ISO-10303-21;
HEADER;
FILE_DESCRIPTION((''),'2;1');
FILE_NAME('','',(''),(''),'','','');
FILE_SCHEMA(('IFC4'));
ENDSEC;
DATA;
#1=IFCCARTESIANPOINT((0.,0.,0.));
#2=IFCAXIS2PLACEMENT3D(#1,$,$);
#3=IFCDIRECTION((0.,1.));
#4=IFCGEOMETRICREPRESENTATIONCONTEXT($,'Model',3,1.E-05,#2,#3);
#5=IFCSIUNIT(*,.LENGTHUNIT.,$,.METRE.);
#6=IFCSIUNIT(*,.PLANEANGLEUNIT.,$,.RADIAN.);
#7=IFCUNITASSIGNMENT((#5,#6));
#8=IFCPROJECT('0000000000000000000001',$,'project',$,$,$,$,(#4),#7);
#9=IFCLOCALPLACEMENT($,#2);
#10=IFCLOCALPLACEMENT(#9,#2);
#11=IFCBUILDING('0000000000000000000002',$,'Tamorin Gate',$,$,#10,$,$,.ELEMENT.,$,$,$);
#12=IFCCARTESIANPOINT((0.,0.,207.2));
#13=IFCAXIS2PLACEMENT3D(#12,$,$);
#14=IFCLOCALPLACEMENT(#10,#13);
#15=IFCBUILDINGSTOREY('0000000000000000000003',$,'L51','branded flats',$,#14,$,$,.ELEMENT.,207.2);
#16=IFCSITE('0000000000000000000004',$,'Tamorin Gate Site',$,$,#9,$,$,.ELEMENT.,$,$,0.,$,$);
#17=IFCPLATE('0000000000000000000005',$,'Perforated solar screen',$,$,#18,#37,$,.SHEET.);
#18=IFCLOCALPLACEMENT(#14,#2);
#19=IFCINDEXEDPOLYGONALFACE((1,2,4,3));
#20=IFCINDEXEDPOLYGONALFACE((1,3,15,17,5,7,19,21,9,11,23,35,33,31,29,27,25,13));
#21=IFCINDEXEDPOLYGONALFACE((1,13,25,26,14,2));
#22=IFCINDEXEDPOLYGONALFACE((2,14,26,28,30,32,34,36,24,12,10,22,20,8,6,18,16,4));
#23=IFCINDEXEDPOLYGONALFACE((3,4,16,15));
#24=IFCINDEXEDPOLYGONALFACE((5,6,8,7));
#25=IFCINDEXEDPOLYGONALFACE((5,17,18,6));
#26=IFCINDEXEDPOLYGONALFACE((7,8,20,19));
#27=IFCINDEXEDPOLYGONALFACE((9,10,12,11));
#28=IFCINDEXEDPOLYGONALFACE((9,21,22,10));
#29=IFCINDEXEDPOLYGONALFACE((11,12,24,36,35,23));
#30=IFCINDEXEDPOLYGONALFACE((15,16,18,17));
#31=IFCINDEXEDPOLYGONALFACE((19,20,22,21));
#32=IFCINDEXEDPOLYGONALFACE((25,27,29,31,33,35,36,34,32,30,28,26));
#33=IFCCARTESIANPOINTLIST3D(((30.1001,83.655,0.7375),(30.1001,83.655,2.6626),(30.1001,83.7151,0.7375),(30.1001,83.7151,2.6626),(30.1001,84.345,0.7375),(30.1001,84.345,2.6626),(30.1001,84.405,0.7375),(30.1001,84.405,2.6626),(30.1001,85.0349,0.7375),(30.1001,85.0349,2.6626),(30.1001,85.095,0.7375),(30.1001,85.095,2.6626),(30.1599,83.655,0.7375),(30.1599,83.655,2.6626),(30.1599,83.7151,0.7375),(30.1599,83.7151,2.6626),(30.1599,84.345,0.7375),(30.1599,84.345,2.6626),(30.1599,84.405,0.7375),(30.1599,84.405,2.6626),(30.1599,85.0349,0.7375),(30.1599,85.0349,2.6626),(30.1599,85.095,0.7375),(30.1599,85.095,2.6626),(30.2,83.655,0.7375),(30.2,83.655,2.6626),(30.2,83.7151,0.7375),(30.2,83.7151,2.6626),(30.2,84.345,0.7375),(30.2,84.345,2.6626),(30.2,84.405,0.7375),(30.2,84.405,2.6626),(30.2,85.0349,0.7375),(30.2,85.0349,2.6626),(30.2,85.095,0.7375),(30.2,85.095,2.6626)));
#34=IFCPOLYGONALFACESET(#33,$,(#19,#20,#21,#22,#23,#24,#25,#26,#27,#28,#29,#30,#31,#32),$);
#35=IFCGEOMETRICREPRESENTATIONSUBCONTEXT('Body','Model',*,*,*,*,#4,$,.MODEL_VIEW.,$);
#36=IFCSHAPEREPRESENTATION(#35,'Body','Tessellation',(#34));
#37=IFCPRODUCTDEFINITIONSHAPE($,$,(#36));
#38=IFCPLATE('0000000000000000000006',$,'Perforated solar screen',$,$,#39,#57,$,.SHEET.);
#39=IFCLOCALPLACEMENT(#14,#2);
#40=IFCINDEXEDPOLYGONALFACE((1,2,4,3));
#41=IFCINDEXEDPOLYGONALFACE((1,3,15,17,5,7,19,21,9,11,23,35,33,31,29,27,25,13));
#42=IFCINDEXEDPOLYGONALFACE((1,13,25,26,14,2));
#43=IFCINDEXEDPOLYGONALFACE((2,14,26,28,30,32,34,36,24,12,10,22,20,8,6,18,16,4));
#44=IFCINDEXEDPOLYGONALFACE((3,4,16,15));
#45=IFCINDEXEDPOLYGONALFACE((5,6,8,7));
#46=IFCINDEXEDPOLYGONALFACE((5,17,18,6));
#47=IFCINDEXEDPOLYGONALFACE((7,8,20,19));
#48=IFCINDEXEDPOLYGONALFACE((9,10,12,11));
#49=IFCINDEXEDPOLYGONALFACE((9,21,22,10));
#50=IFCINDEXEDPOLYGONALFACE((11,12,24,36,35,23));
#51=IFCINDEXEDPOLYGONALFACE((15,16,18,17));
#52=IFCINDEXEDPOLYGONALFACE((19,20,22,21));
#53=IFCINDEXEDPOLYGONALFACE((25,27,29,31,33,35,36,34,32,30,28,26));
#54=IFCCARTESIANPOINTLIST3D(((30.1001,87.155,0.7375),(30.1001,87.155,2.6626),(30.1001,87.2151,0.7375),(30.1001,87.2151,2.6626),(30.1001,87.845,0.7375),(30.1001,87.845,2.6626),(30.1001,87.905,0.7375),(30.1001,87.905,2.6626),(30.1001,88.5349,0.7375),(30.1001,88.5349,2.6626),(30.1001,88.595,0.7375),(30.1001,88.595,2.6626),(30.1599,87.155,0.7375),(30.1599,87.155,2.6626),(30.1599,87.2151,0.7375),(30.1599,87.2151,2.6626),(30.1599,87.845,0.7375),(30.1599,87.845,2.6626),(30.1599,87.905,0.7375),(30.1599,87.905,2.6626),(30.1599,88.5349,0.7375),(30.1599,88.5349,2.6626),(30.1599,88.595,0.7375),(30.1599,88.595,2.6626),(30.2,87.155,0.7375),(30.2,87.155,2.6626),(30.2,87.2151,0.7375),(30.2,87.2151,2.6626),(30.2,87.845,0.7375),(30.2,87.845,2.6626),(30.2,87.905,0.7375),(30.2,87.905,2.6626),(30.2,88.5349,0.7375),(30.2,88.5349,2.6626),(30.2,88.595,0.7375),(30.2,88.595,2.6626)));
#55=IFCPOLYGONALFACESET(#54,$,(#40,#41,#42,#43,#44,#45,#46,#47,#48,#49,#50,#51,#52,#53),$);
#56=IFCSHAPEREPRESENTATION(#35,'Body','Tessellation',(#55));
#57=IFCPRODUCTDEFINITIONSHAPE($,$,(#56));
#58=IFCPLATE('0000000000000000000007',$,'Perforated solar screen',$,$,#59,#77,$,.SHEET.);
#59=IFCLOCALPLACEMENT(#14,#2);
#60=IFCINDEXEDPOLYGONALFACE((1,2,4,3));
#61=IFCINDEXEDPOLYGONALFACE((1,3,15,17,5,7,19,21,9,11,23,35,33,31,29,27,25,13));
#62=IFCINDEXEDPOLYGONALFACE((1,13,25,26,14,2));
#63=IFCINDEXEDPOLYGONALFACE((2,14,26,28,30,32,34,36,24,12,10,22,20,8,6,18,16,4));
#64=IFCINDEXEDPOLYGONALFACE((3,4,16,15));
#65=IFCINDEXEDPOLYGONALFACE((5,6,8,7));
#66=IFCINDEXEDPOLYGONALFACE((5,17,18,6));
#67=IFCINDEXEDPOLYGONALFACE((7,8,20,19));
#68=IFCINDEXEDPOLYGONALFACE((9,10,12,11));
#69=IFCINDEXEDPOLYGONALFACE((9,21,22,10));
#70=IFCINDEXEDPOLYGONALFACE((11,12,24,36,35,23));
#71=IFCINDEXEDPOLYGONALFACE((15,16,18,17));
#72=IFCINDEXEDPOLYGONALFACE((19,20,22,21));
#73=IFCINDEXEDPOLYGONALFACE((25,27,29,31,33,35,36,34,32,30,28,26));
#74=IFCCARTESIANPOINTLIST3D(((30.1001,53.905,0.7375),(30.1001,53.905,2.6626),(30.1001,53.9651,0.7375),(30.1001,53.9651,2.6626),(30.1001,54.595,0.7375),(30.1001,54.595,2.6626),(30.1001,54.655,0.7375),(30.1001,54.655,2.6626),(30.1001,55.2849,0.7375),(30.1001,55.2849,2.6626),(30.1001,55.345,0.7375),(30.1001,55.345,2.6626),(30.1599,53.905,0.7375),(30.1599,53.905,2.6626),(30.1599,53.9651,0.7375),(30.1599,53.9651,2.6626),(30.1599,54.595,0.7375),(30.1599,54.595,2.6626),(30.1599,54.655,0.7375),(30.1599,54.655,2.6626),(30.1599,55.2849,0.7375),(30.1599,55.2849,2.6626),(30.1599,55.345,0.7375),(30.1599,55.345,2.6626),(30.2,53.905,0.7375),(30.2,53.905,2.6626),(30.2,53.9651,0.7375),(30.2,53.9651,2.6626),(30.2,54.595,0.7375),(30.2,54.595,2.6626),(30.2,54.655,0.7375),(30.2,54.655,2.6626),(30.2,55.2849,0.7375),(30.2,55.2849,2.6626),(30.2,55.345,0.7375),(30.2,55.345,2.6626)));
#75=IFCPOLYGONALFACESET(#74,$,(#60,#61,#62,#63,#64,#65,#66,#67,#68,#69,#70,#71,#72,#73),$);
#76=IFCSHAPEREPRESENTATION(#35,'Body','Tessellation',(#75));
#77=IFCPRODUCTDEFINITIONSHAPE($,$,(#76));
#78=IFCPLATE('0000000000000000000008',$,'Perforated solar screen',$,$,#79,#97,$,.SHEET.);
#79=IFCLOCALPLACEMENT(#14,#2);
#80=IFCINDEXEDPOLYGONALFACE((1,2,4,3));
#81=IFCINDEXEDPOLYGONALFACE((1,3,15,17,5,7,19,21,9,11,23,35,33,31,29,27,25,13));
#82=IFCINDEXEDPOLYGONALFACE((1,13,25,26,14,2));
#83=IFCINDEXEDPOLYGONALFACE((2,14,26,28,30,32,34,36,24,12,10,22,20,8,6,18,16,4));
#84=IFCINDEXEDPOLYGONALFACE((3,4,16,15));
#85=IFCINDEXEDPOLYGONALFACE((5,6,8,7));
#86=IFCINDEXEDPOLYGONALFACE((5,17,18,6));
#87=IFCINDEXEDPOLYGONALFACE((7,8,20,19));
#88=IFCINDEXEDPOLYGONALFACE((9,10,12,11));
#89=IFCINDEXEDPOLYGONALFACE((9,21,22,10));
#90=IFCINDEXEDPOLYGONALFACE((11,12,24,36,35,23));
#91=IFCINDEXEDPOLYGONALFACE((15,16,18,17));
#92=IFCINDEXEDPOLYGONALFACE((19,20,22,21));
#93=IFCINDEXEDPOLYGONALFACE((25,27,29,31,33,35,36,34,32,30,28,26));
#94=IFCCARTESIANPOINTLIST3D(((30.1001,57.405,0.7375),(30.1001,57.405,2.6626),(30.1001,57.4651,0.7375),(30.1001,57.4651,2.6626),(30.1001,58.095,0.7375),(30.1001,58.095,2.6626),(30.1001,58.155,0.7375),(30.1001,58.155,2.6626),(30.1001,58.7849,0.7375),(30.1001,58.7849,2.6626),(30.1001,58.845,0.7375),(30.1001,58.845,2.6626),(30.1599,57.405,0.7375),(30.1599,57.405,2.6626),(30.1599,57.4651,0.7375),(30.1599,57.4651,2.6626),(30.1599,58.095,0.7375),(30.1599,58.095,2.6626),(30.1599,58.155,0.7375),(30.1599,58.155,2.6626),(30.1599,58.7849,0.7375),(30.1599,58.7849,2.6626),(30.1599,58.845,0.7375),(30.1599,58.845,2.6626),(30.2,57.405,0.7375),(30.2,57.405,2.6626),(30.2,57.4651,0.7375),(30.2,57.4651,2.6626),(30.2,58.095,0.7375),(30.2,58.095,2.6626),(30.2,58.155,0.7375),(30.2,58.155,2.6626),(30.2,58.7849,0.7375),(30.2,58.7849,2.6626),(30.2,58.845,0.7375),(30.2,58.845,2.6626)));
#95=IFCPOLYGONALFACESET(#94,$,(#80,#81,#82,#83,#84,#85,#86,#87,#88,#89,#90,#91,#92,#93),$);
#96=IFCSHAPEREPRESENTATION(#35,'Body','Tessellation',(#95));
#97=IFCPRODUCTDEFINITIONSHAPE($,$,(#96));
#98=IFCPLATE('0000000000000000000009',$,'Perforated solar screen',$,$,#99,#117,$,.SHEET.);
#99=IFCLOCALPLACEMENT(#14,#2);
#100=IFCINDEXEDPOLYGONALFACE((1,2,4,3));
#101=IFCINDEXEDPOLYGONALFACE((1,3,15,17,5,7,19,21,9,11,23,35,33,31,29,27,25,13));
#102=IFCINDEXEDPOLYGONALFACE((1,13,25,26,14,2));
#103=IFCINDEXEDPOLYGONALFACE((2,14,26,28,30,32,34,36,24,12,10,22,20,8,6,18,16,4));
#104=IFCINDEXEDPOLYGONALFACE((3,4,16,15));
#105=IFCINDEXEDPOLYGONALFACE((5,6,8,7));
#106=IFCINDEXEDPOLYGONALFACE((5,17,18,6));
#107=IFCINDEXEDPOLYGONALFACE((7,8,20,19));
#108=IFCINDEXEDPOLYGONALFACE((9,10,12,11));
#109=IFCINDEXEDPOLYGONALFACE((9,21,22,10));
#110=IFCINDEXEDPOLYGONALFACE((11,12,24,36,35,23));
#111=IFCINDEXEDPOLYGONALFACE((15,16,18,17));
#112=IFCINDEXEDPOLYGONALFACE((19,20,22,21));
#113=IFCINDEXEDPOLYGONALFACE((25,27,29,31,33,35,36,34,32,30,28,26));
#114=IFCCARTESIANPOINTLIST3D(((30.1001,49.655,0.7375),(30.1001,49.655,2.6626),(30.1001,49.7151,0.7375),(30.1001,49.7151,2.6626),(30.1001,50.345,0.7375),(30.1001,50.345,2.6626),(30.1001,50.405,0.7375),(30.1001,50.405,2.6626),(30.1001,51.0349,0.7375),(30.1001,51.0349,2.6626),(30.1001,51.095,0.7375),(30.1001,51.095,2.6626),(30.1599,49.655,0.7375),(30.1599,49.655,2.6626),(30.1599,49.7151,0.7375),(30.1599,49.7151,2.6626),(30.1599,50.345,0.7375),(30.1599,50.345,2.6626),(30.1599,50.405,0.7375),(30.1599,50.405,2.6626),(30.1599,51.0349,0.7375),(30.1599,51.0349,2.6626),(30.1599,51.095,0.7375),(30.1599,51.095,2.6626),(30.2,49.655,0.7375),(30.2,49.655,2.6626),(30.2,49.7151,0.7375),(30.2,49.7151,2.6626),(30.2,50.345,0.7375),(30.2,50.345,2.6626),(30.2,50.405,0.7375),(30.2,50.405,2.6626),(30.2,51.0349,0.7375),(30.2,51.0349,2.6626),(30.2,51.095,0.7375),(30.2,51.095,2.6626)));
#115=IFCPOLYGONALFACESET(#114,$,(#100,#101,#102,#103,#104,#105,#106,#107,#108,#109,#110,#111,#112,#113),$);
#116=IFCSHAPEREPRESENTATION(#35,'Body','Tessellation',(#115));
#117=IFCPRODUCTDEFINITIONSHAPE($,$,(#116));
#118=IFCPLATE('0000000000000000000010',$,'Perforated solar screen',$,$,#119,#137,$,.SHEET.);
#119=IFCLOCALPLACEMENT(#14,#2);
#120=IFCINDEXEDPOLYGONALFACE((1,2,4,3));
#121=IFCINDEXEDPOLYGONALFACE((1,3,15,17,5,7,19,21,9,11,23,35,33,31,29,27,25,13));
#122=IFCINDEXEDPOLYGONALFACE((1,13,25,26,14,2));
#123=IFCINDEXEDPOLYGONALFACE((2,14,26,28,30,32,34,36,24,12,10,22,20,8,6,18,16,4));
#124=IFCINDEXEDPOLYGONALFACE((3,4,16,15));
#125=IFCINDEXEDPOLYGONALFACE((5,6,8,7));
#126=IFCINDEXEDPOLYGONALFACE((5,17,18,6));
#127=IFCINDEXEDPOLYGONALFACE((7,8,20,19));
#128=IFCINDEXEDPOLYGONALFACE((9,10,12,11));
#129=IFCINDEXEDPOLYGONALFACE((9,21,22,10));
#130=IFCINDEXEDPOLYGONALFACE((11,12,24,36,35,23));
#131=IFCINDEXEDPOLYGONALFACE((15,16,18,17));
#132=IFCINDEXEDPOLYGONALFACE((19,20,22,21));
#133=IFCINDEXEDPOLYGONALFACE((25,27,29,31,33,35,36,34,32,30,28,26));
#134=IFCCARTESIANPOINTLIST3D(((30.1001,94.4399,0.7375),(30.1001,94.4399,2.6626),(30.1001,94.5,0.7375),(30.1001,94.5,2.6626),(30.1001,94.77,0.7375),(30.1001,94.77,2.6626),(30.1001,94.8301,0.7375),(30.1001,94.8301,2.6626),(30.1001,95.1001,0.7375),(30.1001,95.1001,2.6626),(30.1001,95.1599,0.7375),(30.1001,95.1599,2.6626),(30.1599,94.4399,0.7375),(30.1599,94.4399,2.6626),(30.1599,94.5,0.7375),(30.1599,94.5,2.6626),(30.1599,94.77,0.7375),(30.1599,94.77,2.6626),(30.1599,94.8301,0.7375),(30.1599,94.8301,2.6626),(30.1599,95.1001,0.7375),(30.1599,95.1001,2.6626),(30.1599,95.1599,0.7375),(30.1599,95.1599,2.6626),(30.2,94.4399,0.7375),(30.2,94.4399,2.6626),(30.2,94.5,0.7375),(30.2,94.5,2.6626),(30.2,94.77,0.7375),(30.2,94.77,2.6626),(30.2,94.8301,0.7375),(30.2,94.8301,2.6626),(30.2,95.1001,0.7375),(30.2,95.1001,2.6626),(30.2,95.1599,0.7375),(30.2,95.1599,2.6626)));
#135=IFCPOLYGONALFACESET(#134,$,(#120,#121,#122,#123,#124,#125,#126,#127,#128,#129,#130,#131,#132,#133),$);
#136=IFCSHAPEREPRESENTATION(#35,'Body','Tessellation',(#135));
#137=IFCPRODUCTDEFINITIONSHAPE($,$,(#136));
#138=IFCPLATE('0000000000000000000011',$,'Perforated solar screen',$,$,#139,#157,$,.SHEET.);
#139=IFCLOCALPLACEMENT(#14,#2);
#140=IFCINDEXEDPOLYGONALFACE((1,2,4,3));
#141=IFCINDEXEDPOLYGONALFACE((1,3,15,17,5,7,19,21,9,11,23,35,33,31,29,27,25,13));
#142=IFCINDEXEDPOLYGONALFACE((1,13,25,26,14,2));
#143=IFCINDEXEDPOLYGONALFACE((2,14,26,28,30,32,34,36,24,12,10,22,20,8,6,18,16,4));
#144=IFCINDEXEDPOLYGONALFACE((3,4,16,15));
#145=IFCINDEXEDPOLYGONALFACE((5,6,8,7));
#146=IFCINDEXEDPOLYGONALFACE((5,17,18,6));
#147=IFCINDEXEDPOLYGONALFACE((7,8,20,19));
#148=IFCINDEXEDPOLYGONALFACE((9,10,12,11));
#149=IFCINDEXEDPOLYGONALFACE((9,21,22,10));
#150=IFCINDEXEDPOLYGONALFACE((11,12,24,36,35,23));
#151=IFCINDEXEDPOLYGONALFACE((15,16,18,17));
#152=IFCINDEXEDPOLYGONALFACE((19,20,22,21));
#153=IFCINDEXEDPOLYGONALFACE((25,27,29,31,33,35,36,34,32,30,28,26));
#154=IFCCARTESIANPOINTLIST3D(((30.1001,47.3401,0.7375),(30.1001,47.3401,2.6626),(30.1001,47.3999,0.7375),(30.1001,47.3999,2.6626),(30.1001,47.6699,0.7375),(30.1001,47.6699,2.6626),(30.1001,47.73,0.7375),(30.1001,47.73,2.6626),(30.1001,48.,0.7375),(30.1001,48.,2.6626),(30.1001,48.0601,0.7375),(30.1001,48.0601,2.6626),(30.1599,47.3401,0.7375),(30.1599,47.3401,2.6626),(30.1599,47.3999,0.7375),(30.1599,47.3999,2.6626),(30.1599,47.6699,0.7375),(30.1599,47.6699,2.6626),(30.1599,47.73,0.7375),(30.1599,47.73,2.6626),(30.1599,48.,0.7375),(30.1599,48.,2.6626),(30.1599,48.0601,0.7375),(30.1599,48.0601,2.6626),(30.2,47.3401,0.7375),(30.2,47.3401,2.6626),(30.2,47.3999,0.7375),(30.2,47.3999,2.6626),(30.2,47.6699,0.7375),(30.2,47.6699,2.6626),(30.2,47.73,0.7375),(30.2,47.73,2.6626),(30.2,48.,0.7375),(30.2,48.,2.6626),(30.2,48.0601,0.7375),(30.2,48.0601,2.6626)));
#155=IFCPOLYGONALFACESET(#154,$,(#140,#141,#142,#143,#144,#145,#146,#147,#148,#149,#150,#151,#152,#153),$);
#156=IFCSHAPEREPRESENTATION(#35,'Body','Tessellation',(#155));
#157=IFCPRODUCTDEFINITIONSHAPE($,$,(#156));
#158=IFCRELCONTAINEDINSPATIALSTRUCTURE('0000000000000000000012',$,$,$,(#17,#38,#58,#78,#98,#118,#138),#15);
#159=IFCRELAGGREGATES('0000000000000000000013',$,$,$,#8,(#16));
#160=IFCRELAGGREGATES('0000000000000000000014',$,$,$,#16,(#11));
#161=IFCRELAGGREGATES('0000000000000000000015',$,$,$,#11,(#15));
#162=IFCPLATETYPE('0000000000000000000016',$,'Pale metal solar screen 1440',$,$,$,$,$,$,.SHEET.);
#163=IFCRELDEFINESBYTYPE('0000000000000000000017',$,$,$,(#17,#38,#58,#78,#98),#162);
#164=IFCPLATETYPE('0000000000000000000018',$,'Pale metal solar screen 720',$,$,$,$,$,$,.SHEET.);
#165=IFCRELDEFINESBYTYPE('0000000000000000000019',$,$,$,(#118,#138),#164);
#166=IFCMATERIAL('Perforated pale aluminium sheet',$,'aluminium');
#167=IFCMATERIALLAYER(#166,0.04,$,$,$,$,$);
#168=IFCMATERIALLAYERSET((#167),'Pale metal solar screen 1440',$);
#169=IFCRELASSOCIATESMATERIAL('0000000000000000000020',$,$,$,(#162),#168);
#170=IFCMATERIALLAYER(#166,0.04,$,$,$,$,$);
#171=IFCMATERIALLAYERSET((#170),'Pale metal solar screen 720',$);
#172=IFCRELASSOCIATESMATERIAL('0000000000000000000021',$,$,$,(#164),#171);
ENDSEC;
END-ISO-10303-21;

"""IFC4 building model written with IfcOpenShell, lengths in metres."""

from ifc_helpers import new_model, si_unit, direction, frame, origin, place, context, subcontext, project, spatial, polyline, outline, extrude, material, layer, layer_set, type_object, element, save


model = new_model("IFC4")

# Units and contexts
model_context = context("Model", 3, precision=1e-05, world=origin(), true_north=direction((0.0, 1.0)))
body_context = subcontext(model_context, "Body", "Model", "MODEL_VIEW")
ifc_project = project(units=[si_unit("LENGTHUNIT", "METRE"), si_unit("PLANEANGLEUNIT", "RADIAN")], contexts=[model_context])

# Site, building, storey
site_placement = place(None, origin())
site = spatial("IfcSite", under=ifc_project, at=site_placement, Name="Tamorin Gate Site", CompositionType="ELEMENT", RefElevation=0.0)
building_placement = place(site_placement, origin())
building = spatial("IfcBuilding", under=site, at=building_placement, Name="Tamorin Gate", CompositionType="ELEMENT")
storey_placement = place(building_placement, frame((0.0, 0.0, 207.2)))
storey = spatial("IfcBuildingStorey", under=building, at=storey_placement, Name="L51", Description="branded flats", CompositionType="ELEMENT", Elevation=207.2)

# Plates
ifc_material_1 = material(Name="Perforated pale aluminium sheet", Category="aluminium")
ifc_layer_1 = layer(ifc_material_1, 0.04)
ifc_layer_set_1 = layer_set([ifc_layer_1], Name="Pale metal solar screen 1440")
plate_type_1 = type_object("IfcPlateType", Name="Pale metal solar screen 1440", PredefinedType="SHEET", material=ifc_layer_set_1)
plate_1_placement = place(storey_placement, frame((0.0, 0.0, 0.7375)))
element("IfcPlate", 1, at=plate_1_placement, inside=storey, type_object=plate_type_1, Name="Perforated solar screen", PredefinedType="SHEET", context=body_context, shape_type="SweptSolid", body=[
    extrude(outline(polyline([(30.1599, 85.095), (30.2, 85.095), (30.2, 85.0349), (30.2, 84.405), (30.2, 84.345), (30.2, 83.7151), (30.2, 83.655), (30.1599, 83.655), (30.1001, 83.655), (30.1001, 83.7151), (30.1599, 83.7151), (30.1599, 84.345), (30.1001, 84.345), (30.1001, 84.405), (30.1599, 84.405), (30.1599, 85.0349), (30.1001, 85.0349), (30.1001, 85.095), (30.1599, 85.095)])), origin(), (0.0, 0.0, 1.0), 1.925),
])
plate_2_placement = place(storey_placement, frame((0.0, 0.0, 0.7375)))
element("IfcPlate", 2, at=plate_2_placement, inside=storey, type_object=plate_type_1, Name="Perforated solar screen", PredefinedType="SHEET", context=body_context, shape_type="SweptSolid", body=[
    extrude(outline(polyline([(30.1599, 88.595), (30.2, 88.595), (30.2, 88.5349), (30.2, 87.905), (30.2, 87.845), (30.2, 87.2151), (30.2, 87.155), (30.1599, 87.155), (30.1001, 87.155), (30.1001, 87.2151), (30.1599, 87.2151), (30.1599, 87.845), (30.1001, 87.845), (30.1001, 87.905), (30.1599, 87.905), (30.1599, 88.5349), (30.1001, 88.5349), (30.1001, 88.595), (30.1599, 88.595)])), origin(), (0.0, 0.0, 1.0), 1.925),
])
plate_3_placement = place(storey_placement, frame((0.0, 0.0, 0.7375)))
element("IfcPlate", 3, at=plate_3_placement, inside=storey, type_object=plate_type_1, Name="Perforated solar screen", PredefinedType="SHEET", context=body_context, shape_type="SweptSolid", body=[
    extrude(outline(polyline([(30.1599, 55.345), (30.2, 55.345), (30.2, 55.2849), (30.2, 54.655), (30.2, 54.595), (30.2, 53.9651), (30.2, 53.905), (30.1599, 53.905), (30.1001, 53.905), (30.1001, 53.9651), (30.1599, 53.9651), (30.1599, 54.595), (30.1001, 54.595), (30.1001, 54.655), (30.1599, 54.655), (30.1599, 55.2849), (30.1001, 55.2849), (30.1001, 55.345), (30.1599, 55.345)])), origin(), (0.0, 0.0, 1.0), 1.925),
])
plate_4_placement = place(storey_placement, frame((0.0, 0.0, 0.7375)))
element("IfcPlate", 4, at=plate_4_placement, inside=storey, type_object=plate_type_1, Name="Perforated solar screen", PredefinedType="SHEET", context=body_context, shape_type="SweptSolid", body=[
    extrude(outline(polyline([(30.1599, 58.845), (30.2, 58.845), (30.2, 58.7849), (30.2, 58.155), (30.2, 58.095), (30.2, 57.4651), (30.2, 57.405), (30.1599, 57.405), (30.1001, 57.405), (30.1001, 57.4651), (30.1599, 57.4651), (30.1599, 58.095), (30.1001, 58.095), (30.1001, 58.155), (30.1599, 58.155), (30.1599, 58.7849), (30.1001, 58.7849), (30.1001, 58.845), (30.1599, 58.845)])), origin(), (0.0, 0.0, 1.0), 1.925),
])
plate_5_placement = place(storey_placement, frame((0.0, 0.0, 0.7375)))
element("IfcPlate", 5, at=plate_5_placement, inside=storey, type_object=plate_type_1, Name="Perforated solar screen", PredefinedType="SHEET", context=body_context, shape_type="SweptSolid", body=[
    extrude(outline(polyline([(30.1599, 51.095), (30.2, 51.095), (30.2, 51.0349), (30.2, 50.405), (30.2, 50.345), (30.2, 49.7151), (30.2, 49.655), (30.1599, 49.655), (30.1001, 49.655), (30.1001, 49.7151), (30.1599, 49.7151), (30.1599, 50.345), (30.1001, 50.345), (30.1001, 50.405), (30.1599, 50.405), (30.1599, 51.0349), (30.1001, 51.0349), (30.1001, 51.095), (30.1599, 51.095)])), origin(), (0.0, 0.0, 1.0), 1.925),
])
ifc_layer_2 = layer(ifc_material_1, 0.04)
ifc_layer_set_2 = layer_set([ifc_layer_2], Name="Pale metal solar screen 720")
plate_type_2 = type_object("IfcPlateType", Name="Pale metal solar screen 720", PredefinedType="SHEET", material=ifc_layer_set_2)
plate_6_placement = place(storey_placement, frame((0.0, 0.0, 0.7375)))
element("IfcPlate", 6, at=plate_6_placement, inside=storey, type_object=plate_type_2, Name="Perforated solar screen", PredefinedType="SHEET", context=body_context, shape_type="SweptSolid", body=[
    extrude(outline(polyline([(30.1599, 95.1599), (30.2, 95.1599), (30.2, 95.1001), (30.2, 94.8301), (30.2, 94.77), (30.2, 94.5), (30.2, 94.4399), (30.1599, 94.4399), (30.1001, 94.4399), (30.1001, 94.5), (30.1599, 94.5), (30.1599, 94.77), (30.1001, 94.77), (30.1001, 94.8301), (30.1599, 94.8301), (30.1599, 95.1001), (30.1001, 95.1001), (30.1001, 95.1599), (30.1599, 95.1599)])), origin(), (0.0, 0.0, 1.0), 1.925),
])
plate_7_placement = place(storey_placement, frame((0.0, 0.0, 0.7375)))
element("IfcPlate", 7, at=plate_7_placement, inside=storey, type_object=plate_type_2, Name="Perforated solar screen", PredefinedType="SHEET", context=body_context, shape_type="SweptSolid", body=[
    extrude(outline(polyline([(30.1599, 48.0601), (30.2, 48.0601), (30.2, 48.0), (30.2, 47.73), (30.2, 47.6699), (30.2, 47.3999), (30.2, 47.3401), (30.1599, 47.3401), (30.1001, 47.3401), (30.1001, 47.3999), (30.1599, 47.3999), (30.1599, 47.6699), (30.1001, 47.6699), (30.1001, 47.73), (30.1599, 47.73), (30.1599, 48.0), (30.1001, 48.0), (30.1001, 48.0601), (30.1599, 48.0601)])), origin(), (0.0, 0.0, 1.0), 1.925),
])

save(model, "model.ifc")
